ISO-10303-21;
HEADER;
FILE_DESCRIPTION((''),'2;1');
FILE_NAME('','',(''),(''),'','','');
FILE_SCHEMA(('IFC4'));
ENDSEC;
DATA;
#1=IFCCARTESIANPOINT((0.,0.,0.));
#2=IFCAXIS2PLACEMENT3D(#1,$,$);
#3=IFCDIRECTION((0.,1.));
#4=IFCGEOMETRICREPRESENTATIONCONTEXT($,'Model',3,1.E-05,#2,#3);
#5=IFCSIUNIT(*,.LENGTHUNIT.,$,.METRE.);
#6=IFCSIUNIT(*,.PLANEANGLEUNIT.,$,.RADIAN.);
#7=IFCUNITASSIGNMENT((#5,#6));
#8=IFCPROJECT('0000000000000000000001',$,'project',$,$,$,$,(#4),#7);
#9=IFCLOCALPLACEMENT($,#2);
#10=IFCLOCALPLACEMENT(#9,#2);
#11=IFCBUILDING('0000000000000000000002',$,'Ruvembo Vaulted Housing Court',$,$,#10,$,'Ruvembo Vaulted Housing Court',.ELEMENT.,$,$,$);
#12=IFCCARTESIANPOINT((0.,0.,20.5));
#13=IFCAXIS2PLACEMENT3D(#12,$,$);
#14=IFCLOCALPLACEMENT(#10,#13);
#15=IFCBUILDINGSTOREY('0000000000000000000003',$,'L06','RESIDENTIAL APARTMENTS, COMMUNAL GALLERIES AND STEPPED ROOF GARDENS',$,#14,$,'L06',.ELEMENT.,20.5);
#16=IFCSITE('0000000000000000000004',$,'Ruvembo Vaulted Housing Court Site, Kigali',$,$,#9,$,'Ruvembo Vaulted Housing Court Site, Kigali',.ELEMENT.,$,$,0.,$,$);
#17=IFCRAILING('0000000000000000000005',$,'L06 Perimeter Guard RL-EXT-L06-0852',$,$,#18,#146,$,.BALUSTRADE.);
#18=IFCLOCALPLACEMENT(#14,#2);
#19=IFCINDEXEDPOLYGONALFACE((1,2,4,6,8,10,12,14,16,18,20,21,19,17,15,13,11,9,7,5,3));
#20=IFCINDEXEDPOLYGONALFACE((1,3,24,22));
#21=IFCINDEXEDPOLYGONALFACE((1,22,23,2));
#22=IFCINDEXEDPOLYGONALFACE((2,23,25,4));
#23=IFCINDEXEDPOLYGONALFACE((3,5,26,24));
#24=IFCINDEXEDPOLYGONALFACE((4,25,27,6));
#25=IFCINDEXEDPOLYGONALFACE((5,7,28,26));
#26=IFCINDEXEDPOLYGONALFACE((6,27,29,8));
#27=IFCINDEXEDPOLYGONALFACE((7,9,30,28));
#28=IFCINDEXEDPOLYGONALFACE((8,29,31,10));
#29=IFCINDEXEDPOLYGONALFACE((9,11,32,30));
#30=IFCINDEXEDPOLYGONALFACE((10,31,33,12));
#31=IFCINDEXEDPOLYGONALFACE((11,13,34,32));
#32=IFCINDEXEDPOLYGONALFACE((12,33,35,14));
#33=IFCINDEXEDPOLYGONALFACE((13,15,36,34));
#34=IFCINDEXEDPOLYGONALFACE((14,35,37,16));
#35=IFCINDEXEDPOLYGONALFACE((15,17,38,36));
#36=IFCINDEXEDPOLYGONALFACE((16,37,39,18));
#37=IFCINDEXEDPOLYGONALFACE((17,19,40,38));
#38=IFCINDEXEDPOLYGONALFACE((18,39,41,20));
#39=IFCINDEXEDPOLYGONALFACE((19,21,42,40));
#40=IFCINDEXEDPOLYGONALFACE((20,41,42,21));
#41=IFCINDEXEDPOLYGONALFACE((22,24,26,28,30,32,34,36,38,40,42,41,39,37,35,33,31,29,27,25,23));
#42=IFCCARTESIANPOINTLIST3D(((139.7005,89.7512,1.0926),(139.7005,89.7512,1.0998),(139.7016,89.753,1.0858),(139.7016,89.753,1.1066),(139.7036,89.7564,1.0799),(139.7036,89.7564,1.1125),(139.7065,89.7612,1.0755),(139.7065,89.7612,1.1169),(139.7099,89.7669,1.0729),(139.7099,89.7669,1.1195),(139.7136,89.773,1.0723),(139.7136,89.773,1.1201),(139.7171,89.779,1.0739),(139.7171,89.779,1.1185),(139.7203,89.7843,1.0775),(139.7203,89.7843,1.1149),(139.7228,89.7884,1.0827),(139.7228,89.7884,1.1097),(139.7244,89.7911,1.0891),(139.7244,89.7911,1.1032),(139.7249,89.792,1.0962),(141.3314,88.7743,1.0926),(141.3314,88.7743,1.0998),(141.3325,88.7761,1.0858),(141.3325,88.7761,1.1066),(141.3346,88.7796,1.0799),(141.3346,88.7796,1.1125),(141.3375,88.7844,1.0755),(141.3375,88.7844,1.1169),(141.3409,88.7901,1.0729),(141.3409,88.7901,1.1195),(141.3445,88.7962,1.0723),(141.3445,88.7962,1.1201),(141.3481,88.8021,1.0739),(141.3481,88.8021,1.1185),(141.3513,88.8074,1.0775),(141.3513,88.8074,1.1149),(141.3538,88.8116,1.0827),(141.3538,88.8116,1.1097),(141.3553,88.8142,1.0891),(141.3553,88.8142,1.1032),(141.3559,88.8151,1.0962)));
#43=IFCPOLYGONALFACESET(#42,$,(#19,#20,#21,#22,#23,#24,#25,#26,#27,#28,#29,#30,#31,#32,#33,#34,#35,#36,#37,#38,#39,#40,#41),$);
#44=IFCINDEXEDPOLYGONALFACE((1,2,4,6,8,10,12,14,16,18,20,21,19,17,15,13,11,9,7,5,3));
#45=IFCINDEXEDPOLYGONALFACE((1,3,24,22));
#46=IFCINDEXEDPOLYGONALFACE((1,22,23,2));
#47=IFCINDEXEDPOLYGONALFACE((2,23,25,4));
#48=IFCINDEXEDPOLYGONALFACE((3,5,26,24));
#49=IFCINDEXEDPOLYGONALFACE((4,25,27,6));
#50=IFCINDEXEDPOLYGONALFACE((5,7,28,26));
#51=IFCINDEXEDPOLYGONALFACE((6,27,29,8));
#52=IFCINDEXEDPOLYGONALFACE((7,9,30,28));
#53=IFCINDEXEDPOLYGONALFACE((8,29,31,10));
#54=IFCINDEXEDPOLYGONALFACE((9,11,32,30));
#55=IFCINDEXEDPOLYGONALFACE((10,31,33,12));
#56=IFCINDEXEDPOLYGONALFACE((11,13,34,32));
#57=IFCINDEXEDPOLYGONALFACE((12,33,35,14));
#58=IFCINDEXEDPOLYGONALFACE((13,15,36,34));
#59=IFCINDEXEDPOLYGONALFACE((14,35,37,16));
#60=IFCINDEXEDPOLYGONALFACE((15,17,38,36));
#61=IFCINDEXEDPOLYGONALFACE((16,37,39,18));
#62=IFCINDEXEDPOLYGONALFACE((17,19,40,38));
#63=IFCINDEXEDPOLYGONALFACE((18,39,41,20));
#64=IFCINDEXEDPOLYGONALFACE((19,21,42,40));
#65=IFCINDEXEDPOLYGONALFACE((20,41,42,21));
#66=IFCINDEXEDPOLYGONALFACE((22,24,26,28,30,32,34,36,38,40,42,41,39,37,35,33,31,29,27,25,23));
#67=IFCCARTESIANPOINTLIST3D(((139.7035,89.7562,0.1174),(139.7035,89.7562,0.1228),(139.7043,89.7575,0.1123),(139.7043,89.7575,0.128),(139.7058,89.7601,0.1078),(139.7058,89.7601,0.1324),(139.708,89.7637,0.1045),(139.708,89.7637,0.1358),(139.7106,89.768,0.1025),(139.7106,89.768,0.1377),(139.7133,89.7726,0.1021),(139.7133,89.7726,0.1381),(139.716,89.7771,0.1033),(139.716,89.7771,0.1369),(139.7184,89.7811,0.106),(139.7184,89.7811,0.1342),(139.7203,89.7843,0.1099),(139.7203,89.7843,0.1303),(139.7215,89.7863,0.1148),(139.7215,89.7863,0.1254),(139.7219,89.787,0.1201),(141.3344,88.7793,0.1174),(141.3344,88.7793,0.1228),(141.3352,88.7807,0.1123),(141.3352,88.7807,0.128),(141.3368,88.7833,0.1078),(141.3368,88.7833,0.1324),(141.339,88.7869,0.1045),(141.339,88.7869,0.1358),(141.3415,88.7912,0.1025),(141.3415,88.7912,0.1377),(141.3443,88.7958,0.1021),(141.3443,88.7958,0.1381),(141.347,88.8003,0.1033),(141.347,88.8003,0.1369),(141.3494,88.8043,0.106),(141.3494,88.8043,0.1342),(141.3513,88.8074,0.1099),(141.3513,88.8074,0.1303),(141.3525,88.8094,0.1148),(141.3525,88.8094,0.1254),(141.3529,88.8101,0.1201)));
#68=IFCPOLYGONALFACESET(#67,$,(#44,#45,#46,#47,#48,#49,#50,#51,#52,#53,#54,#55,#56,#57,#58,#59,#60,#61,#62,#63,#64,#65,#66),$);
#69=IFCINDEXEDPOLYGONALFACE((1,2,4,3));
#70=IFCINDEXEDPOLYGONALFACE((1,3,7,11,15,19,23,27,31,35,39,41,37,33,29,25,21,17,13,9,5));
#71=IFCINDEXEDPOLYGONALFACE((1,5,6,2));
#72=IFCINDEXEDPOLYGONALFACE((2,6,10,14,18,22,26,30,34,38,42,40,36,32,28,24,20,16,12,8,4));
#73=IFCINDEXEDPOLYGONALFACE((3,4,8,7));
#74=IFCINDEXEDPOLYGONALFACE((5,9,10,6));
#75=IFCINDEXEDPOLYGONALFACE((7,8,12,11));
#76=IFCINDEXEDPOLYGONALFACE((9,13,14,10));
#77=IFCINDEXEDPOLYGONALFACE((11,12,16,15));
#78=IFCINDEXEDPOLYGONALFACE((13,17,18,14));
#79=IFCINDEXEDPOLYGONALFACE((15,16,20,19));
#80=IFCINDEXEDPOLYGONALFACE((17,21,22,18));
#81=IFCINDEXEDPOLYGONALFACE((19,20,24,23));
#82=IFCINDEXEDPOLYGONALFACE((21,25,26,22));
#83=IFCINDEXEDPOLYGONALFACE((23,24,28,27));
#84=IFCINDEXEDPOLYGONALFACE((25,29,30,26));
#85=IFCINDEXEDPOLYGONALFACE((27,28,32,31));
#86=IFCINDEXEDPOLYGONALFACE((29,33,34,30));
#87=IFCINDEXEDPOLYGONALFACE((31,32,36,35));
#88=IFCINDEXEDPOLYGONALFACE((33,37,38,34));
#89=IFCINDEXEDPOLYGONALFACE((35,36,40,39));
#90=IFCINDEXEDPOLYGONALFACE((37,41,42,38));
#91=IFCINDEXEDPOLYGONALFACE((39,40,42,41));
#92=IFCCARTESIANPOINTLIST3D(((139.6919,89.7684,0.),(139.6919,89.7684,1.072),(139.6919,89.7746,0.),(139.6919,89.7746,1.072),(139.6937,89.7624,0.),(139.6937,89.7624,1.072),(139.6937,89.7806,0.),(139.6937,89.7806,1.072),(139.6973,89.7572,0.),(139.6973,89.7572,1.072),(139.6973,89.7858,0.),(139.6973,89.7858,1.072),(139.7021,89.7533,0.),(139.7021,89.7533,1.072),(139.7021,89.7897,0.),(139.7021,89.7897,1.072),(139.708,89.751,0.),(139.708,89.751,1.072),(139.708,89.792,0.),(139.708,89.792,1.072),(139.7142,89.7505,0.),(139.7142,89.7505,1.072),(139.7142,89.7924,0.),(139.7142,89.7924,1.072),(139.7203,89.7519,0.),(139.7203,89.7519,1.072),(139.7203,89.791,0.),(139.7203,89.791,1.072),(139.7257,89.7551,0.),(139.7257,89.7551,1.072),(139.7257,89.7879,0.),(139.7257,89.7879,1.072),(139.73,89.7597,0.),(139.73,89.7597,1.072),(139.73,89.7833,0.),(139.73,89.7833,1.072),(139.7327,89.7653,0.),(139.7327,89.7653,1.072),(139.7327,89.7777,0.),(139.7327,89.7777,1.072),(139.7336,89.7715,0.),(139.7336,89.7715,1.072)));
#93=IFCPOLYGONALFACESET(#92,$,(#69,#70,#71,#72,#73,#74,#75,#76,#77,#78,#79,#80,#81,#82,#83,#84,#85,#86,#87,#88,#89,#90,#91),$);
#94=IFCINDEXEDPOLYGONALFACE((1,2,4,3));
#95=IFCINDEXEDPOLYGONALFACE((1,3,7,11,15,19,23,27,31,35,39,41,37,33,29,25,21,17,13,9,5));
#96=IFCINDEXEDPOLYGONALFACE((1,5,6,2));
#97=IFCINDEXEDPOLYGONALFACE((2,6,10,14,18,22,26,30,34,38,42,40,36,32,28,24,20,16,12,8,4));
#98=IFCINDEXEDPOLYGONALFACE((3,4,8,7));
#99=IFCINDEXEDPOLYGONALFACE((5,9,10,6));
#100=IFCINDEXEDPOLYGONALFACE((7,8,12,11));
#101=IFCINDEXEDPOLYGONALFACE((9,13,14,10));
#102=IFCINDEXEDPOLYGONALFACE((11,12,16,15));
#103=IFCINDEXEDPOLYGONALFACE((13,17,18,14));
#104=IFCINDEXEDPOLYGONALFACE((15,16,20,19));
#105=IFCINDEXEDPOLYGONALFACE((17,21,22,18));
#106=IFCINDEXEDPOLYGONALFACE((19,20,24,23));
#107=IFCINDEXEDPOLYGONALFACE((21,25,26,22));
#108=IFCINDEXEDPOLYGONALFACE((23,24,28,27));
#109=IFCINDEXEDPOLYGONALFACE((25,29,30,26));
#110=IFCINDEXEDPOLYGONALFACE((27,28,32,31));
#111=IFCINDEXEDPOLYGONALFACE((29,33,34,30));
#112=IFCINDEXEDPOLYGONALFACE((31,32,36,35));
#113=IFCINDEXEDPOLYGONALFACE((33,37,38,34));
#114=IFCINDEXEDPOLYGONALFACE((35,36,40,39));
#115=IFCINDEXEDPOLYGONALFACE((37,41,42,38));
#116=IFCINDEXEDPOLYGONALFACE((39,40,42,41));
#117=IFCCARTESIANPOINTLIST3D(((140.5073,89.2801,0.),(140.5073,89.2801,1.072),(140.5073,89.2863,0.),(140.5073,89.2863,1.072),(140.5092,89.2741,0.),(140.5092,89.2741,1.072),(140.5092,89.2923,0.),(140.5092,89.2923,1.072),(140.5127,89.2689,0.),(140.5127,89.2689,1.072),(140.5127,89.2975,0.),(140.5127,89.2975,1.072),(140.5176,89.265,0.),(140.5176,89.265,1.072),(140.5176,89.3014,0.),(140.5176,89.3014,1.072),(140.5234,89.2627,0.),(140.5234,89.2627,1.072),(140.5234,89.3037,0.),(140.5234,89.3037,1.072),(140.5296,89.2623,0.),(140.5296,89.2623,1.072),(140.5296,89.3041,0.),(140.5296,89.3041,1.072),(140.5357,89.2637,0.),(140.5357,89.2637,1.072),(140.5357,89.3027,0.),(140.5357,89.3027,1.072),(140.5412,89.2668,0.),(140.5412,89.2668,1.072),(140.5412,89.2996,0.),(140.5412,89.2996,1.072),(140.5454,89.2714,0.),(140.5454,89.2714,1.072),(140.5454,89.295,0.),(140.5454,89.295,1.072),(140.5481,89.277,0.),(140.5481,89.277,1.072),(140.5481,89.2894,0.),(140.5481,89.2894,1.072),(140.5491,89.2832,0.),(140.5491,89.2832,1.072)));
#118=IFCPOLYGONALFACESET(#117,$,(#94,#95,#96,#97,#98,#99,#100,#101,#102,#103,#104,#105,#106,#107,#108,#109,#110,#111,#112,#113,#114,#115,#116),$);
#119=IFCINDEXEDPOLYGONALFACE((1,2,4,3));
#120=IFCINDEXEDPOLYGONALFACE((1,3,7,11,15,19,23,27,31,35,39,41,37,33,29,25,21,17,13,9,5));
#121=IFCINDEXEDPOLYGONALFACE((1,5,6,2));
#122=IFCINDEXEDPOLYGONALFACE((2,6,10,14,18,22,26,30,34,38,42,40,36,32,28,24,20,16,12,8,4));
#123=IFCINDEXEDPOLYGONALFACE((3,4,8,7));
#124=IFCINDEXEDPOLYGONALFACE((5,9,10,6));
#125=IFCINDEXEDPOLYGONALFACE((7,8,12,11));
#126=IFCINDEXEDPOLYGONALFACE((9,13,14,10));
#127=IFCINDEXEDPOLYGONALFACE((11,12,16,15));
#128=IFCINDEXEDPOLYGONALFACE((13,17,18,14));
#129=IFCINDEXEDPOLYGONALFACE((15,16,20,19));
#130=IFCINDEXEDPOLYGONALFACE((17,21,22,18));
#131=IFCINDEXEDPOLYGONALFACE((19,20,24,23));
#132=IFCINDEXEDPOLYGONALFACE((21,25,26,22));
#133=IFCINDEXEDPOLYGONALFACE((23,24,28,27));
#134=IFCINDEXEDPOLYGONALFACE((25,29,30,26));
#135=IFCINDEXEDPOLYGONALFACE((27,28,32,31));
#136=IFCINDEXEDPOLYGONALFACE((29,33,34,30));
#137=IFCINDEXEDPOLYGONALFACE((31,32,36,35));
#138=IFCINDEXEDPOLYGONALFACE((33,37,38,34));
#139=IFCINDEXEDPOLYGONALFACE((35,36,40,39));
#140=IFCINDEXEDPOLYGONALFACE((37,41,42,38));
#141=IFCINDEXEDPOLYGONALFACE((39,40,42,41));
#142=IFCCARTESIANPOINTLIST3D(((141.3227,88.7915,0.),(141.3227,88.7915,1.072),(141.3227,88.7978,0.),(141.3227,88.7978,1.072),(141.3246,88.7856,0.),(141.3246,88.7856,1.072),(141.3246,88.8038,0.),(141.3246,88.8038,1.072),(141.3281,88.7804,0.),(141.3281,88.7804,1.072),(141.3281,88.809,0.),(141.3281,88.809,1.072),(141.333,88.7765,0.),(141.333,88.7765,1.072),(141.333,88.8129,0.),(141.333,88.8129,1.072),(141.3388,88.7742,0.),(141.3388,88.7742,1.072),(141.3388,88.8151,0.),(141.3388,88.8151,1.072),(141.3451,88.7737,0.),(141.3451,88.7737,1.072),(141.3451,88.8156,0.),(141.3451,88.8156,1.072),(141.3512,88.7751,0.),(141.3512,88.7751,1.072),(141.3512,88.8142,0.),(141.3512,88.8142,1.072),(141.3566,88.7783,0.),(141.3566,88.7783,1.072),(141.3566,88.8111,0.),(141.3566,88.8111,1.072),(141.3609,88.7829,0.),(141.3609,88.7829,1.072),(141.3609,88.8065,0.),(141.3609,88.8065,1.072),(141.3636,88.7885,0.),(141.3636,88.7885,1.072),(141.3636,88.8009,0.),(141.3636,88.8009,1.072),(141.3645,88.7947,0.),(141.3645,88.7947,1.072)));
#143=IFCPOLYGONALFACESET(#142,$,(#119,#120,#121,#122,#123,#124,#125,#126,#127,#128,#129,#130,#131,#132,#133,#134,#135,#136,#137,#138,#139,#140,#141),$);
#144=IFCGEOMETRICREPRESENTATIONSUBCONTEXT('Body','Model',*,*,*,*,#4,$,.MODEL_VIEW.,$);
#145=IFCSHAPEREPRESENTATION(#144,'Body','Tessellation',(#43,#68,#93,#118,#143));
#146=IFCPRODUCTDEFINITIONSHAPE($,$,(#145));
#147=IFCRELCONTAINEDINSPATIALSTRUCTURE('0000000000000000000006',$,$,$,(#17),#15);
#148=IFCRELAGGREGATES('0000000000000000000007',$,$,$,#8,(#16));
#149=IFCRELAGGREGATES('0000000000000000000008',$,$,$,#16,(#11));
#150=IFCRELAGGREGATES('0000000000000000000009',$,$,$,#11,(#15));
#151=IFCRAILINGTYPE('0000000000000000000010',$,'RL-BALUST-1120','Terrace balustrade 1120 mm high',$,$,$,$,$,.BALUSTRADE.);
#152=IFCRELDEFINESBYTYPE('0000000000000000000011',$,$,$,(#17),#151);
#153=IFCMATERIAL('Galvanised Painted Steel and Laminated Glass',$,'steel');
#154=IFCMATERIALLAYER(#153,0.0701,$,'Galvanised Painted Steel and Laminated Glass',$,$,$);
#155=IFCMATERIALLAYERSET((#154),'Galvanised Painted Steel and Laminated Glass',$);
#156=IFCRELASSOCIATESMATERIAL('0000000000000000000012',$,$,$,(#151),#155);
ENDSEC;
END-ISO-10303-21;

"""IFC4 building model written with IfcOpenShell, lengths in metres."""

from ifc_helpers import new_model, si_unit, direction, frame, origin, origin_2d, place, context, subcontext, project, spatial, circle, extrude, material, layer, layer_set, type_object, element, save


model = new_model("IFC4")

# Units and contexts
model_context = context("Model", 3, precision=1e-05, world=origin(), true_north=direction((0.0, 1.0)))
body_context = subcontext(model_context, "Body", "Model", "MODEL_VIEW")
ifc_project = project(units=[si_unit("LENGTHUNIT", "METRE"), si_unit("PLANEANGLEUNIT", "RADIAN")], contexts=[model_context])

# Site, building, storey
site_placement = place(None, origin())
site = spatial("IfcSite", under=ifc_project, at=site_placement, Name="Ruvembo Vaulted Housing Court Site, Kigali", LongName="Ruvembo Vaulted Housing Court Site, Kigali", CompositionType="ELEMENT", RefElevation=0.0)
building_placement = place(site_placement, origin())
building = spatial("IfcBuilding", under=site, at=building_placement, Name="Ruvembo Vaulted Housing Court", LongName="Ruvembo Vaulted Housing Court", CompositionType="ELEMENT")
storey_placement = place(building_placement, frame((0.0, 0.0, 20.5)))
storey = spatial("IfcBuildingStorey", under=building, at=storey_placement, Name="L06", Description="RESIDENTIAL APARTMENTS, COMMUNAL GALLERIES AND STEPPED ROOF GARDENS", LongName="L06", CompositionType="ELEMENT", Elevation=20.5)

# Railing
ifc_material_1 = material(Name="Galvanised Painted Steel and Laminated Glass", Category="steel")
ifc_layer = layer(ifc_material_1, 0.0701, Name="Galvanised Painted Steel and Laminated Glass")
ifc_layer_set = layer_set([ifc_layer], Name="Galvanised Painted Steel and Laminated Glass")
railing_type = type_object("IfcRailingType", Name="RL-BALUST-1120", Description="Terrace balustrade 1120 mm high", PredefinedType="BALUSTRADE", material=ifc_layer_set)
railing_1_placement = place(storey_placement, frame((139.7126, 89.7715, 0.0)))
element("IfcRailing", 1, at=railing_1_placement, inside=storey, type_object=railing_type, Name="L06 Perimeter Guard RL-EXT-L06-0852", PredefinedType="BALUSTRADE", context=body_context, shape_type="SweptSolid", body=[
    extrude(circle(Radius=0.0239, at=origin_2d()), frame((0.0, 0.0, 1.0962), z_axis=(0.857889, -0.513835, 0.0), x_axis=(0.513835, 0.857889, 0.0)), (0.0, 0.0, 1.0), 1.9011),
    extrude(circle(Radius=0.0181, at=origin_2d()), frame((0.0, 0.0, 0.1201), z_axis=(0.857889, -0.513835, 0.0), x_axis=(0.513835, 0.857889, 0.0)), (0.0, 0.0, 1.0), 1.9011),
    extrude(circle(Radius=0.021, at=origin_2d()), origin(), (0.0, 0.0, 1.0), 1.072),
    extrude(circle(Radius=0.021, at=origin_2d()), frame((0.8154, -0.4883, 0.0)), (0.0, 0.0, 1.0), 1.072),
    extrude(circle(Radius=0.021, at=origin_2d()), frame((1.6309, -0.9768, 0.0)), (0.0, 0.0, 1.0), 1.072),
])

save(model, "model.ifc")
